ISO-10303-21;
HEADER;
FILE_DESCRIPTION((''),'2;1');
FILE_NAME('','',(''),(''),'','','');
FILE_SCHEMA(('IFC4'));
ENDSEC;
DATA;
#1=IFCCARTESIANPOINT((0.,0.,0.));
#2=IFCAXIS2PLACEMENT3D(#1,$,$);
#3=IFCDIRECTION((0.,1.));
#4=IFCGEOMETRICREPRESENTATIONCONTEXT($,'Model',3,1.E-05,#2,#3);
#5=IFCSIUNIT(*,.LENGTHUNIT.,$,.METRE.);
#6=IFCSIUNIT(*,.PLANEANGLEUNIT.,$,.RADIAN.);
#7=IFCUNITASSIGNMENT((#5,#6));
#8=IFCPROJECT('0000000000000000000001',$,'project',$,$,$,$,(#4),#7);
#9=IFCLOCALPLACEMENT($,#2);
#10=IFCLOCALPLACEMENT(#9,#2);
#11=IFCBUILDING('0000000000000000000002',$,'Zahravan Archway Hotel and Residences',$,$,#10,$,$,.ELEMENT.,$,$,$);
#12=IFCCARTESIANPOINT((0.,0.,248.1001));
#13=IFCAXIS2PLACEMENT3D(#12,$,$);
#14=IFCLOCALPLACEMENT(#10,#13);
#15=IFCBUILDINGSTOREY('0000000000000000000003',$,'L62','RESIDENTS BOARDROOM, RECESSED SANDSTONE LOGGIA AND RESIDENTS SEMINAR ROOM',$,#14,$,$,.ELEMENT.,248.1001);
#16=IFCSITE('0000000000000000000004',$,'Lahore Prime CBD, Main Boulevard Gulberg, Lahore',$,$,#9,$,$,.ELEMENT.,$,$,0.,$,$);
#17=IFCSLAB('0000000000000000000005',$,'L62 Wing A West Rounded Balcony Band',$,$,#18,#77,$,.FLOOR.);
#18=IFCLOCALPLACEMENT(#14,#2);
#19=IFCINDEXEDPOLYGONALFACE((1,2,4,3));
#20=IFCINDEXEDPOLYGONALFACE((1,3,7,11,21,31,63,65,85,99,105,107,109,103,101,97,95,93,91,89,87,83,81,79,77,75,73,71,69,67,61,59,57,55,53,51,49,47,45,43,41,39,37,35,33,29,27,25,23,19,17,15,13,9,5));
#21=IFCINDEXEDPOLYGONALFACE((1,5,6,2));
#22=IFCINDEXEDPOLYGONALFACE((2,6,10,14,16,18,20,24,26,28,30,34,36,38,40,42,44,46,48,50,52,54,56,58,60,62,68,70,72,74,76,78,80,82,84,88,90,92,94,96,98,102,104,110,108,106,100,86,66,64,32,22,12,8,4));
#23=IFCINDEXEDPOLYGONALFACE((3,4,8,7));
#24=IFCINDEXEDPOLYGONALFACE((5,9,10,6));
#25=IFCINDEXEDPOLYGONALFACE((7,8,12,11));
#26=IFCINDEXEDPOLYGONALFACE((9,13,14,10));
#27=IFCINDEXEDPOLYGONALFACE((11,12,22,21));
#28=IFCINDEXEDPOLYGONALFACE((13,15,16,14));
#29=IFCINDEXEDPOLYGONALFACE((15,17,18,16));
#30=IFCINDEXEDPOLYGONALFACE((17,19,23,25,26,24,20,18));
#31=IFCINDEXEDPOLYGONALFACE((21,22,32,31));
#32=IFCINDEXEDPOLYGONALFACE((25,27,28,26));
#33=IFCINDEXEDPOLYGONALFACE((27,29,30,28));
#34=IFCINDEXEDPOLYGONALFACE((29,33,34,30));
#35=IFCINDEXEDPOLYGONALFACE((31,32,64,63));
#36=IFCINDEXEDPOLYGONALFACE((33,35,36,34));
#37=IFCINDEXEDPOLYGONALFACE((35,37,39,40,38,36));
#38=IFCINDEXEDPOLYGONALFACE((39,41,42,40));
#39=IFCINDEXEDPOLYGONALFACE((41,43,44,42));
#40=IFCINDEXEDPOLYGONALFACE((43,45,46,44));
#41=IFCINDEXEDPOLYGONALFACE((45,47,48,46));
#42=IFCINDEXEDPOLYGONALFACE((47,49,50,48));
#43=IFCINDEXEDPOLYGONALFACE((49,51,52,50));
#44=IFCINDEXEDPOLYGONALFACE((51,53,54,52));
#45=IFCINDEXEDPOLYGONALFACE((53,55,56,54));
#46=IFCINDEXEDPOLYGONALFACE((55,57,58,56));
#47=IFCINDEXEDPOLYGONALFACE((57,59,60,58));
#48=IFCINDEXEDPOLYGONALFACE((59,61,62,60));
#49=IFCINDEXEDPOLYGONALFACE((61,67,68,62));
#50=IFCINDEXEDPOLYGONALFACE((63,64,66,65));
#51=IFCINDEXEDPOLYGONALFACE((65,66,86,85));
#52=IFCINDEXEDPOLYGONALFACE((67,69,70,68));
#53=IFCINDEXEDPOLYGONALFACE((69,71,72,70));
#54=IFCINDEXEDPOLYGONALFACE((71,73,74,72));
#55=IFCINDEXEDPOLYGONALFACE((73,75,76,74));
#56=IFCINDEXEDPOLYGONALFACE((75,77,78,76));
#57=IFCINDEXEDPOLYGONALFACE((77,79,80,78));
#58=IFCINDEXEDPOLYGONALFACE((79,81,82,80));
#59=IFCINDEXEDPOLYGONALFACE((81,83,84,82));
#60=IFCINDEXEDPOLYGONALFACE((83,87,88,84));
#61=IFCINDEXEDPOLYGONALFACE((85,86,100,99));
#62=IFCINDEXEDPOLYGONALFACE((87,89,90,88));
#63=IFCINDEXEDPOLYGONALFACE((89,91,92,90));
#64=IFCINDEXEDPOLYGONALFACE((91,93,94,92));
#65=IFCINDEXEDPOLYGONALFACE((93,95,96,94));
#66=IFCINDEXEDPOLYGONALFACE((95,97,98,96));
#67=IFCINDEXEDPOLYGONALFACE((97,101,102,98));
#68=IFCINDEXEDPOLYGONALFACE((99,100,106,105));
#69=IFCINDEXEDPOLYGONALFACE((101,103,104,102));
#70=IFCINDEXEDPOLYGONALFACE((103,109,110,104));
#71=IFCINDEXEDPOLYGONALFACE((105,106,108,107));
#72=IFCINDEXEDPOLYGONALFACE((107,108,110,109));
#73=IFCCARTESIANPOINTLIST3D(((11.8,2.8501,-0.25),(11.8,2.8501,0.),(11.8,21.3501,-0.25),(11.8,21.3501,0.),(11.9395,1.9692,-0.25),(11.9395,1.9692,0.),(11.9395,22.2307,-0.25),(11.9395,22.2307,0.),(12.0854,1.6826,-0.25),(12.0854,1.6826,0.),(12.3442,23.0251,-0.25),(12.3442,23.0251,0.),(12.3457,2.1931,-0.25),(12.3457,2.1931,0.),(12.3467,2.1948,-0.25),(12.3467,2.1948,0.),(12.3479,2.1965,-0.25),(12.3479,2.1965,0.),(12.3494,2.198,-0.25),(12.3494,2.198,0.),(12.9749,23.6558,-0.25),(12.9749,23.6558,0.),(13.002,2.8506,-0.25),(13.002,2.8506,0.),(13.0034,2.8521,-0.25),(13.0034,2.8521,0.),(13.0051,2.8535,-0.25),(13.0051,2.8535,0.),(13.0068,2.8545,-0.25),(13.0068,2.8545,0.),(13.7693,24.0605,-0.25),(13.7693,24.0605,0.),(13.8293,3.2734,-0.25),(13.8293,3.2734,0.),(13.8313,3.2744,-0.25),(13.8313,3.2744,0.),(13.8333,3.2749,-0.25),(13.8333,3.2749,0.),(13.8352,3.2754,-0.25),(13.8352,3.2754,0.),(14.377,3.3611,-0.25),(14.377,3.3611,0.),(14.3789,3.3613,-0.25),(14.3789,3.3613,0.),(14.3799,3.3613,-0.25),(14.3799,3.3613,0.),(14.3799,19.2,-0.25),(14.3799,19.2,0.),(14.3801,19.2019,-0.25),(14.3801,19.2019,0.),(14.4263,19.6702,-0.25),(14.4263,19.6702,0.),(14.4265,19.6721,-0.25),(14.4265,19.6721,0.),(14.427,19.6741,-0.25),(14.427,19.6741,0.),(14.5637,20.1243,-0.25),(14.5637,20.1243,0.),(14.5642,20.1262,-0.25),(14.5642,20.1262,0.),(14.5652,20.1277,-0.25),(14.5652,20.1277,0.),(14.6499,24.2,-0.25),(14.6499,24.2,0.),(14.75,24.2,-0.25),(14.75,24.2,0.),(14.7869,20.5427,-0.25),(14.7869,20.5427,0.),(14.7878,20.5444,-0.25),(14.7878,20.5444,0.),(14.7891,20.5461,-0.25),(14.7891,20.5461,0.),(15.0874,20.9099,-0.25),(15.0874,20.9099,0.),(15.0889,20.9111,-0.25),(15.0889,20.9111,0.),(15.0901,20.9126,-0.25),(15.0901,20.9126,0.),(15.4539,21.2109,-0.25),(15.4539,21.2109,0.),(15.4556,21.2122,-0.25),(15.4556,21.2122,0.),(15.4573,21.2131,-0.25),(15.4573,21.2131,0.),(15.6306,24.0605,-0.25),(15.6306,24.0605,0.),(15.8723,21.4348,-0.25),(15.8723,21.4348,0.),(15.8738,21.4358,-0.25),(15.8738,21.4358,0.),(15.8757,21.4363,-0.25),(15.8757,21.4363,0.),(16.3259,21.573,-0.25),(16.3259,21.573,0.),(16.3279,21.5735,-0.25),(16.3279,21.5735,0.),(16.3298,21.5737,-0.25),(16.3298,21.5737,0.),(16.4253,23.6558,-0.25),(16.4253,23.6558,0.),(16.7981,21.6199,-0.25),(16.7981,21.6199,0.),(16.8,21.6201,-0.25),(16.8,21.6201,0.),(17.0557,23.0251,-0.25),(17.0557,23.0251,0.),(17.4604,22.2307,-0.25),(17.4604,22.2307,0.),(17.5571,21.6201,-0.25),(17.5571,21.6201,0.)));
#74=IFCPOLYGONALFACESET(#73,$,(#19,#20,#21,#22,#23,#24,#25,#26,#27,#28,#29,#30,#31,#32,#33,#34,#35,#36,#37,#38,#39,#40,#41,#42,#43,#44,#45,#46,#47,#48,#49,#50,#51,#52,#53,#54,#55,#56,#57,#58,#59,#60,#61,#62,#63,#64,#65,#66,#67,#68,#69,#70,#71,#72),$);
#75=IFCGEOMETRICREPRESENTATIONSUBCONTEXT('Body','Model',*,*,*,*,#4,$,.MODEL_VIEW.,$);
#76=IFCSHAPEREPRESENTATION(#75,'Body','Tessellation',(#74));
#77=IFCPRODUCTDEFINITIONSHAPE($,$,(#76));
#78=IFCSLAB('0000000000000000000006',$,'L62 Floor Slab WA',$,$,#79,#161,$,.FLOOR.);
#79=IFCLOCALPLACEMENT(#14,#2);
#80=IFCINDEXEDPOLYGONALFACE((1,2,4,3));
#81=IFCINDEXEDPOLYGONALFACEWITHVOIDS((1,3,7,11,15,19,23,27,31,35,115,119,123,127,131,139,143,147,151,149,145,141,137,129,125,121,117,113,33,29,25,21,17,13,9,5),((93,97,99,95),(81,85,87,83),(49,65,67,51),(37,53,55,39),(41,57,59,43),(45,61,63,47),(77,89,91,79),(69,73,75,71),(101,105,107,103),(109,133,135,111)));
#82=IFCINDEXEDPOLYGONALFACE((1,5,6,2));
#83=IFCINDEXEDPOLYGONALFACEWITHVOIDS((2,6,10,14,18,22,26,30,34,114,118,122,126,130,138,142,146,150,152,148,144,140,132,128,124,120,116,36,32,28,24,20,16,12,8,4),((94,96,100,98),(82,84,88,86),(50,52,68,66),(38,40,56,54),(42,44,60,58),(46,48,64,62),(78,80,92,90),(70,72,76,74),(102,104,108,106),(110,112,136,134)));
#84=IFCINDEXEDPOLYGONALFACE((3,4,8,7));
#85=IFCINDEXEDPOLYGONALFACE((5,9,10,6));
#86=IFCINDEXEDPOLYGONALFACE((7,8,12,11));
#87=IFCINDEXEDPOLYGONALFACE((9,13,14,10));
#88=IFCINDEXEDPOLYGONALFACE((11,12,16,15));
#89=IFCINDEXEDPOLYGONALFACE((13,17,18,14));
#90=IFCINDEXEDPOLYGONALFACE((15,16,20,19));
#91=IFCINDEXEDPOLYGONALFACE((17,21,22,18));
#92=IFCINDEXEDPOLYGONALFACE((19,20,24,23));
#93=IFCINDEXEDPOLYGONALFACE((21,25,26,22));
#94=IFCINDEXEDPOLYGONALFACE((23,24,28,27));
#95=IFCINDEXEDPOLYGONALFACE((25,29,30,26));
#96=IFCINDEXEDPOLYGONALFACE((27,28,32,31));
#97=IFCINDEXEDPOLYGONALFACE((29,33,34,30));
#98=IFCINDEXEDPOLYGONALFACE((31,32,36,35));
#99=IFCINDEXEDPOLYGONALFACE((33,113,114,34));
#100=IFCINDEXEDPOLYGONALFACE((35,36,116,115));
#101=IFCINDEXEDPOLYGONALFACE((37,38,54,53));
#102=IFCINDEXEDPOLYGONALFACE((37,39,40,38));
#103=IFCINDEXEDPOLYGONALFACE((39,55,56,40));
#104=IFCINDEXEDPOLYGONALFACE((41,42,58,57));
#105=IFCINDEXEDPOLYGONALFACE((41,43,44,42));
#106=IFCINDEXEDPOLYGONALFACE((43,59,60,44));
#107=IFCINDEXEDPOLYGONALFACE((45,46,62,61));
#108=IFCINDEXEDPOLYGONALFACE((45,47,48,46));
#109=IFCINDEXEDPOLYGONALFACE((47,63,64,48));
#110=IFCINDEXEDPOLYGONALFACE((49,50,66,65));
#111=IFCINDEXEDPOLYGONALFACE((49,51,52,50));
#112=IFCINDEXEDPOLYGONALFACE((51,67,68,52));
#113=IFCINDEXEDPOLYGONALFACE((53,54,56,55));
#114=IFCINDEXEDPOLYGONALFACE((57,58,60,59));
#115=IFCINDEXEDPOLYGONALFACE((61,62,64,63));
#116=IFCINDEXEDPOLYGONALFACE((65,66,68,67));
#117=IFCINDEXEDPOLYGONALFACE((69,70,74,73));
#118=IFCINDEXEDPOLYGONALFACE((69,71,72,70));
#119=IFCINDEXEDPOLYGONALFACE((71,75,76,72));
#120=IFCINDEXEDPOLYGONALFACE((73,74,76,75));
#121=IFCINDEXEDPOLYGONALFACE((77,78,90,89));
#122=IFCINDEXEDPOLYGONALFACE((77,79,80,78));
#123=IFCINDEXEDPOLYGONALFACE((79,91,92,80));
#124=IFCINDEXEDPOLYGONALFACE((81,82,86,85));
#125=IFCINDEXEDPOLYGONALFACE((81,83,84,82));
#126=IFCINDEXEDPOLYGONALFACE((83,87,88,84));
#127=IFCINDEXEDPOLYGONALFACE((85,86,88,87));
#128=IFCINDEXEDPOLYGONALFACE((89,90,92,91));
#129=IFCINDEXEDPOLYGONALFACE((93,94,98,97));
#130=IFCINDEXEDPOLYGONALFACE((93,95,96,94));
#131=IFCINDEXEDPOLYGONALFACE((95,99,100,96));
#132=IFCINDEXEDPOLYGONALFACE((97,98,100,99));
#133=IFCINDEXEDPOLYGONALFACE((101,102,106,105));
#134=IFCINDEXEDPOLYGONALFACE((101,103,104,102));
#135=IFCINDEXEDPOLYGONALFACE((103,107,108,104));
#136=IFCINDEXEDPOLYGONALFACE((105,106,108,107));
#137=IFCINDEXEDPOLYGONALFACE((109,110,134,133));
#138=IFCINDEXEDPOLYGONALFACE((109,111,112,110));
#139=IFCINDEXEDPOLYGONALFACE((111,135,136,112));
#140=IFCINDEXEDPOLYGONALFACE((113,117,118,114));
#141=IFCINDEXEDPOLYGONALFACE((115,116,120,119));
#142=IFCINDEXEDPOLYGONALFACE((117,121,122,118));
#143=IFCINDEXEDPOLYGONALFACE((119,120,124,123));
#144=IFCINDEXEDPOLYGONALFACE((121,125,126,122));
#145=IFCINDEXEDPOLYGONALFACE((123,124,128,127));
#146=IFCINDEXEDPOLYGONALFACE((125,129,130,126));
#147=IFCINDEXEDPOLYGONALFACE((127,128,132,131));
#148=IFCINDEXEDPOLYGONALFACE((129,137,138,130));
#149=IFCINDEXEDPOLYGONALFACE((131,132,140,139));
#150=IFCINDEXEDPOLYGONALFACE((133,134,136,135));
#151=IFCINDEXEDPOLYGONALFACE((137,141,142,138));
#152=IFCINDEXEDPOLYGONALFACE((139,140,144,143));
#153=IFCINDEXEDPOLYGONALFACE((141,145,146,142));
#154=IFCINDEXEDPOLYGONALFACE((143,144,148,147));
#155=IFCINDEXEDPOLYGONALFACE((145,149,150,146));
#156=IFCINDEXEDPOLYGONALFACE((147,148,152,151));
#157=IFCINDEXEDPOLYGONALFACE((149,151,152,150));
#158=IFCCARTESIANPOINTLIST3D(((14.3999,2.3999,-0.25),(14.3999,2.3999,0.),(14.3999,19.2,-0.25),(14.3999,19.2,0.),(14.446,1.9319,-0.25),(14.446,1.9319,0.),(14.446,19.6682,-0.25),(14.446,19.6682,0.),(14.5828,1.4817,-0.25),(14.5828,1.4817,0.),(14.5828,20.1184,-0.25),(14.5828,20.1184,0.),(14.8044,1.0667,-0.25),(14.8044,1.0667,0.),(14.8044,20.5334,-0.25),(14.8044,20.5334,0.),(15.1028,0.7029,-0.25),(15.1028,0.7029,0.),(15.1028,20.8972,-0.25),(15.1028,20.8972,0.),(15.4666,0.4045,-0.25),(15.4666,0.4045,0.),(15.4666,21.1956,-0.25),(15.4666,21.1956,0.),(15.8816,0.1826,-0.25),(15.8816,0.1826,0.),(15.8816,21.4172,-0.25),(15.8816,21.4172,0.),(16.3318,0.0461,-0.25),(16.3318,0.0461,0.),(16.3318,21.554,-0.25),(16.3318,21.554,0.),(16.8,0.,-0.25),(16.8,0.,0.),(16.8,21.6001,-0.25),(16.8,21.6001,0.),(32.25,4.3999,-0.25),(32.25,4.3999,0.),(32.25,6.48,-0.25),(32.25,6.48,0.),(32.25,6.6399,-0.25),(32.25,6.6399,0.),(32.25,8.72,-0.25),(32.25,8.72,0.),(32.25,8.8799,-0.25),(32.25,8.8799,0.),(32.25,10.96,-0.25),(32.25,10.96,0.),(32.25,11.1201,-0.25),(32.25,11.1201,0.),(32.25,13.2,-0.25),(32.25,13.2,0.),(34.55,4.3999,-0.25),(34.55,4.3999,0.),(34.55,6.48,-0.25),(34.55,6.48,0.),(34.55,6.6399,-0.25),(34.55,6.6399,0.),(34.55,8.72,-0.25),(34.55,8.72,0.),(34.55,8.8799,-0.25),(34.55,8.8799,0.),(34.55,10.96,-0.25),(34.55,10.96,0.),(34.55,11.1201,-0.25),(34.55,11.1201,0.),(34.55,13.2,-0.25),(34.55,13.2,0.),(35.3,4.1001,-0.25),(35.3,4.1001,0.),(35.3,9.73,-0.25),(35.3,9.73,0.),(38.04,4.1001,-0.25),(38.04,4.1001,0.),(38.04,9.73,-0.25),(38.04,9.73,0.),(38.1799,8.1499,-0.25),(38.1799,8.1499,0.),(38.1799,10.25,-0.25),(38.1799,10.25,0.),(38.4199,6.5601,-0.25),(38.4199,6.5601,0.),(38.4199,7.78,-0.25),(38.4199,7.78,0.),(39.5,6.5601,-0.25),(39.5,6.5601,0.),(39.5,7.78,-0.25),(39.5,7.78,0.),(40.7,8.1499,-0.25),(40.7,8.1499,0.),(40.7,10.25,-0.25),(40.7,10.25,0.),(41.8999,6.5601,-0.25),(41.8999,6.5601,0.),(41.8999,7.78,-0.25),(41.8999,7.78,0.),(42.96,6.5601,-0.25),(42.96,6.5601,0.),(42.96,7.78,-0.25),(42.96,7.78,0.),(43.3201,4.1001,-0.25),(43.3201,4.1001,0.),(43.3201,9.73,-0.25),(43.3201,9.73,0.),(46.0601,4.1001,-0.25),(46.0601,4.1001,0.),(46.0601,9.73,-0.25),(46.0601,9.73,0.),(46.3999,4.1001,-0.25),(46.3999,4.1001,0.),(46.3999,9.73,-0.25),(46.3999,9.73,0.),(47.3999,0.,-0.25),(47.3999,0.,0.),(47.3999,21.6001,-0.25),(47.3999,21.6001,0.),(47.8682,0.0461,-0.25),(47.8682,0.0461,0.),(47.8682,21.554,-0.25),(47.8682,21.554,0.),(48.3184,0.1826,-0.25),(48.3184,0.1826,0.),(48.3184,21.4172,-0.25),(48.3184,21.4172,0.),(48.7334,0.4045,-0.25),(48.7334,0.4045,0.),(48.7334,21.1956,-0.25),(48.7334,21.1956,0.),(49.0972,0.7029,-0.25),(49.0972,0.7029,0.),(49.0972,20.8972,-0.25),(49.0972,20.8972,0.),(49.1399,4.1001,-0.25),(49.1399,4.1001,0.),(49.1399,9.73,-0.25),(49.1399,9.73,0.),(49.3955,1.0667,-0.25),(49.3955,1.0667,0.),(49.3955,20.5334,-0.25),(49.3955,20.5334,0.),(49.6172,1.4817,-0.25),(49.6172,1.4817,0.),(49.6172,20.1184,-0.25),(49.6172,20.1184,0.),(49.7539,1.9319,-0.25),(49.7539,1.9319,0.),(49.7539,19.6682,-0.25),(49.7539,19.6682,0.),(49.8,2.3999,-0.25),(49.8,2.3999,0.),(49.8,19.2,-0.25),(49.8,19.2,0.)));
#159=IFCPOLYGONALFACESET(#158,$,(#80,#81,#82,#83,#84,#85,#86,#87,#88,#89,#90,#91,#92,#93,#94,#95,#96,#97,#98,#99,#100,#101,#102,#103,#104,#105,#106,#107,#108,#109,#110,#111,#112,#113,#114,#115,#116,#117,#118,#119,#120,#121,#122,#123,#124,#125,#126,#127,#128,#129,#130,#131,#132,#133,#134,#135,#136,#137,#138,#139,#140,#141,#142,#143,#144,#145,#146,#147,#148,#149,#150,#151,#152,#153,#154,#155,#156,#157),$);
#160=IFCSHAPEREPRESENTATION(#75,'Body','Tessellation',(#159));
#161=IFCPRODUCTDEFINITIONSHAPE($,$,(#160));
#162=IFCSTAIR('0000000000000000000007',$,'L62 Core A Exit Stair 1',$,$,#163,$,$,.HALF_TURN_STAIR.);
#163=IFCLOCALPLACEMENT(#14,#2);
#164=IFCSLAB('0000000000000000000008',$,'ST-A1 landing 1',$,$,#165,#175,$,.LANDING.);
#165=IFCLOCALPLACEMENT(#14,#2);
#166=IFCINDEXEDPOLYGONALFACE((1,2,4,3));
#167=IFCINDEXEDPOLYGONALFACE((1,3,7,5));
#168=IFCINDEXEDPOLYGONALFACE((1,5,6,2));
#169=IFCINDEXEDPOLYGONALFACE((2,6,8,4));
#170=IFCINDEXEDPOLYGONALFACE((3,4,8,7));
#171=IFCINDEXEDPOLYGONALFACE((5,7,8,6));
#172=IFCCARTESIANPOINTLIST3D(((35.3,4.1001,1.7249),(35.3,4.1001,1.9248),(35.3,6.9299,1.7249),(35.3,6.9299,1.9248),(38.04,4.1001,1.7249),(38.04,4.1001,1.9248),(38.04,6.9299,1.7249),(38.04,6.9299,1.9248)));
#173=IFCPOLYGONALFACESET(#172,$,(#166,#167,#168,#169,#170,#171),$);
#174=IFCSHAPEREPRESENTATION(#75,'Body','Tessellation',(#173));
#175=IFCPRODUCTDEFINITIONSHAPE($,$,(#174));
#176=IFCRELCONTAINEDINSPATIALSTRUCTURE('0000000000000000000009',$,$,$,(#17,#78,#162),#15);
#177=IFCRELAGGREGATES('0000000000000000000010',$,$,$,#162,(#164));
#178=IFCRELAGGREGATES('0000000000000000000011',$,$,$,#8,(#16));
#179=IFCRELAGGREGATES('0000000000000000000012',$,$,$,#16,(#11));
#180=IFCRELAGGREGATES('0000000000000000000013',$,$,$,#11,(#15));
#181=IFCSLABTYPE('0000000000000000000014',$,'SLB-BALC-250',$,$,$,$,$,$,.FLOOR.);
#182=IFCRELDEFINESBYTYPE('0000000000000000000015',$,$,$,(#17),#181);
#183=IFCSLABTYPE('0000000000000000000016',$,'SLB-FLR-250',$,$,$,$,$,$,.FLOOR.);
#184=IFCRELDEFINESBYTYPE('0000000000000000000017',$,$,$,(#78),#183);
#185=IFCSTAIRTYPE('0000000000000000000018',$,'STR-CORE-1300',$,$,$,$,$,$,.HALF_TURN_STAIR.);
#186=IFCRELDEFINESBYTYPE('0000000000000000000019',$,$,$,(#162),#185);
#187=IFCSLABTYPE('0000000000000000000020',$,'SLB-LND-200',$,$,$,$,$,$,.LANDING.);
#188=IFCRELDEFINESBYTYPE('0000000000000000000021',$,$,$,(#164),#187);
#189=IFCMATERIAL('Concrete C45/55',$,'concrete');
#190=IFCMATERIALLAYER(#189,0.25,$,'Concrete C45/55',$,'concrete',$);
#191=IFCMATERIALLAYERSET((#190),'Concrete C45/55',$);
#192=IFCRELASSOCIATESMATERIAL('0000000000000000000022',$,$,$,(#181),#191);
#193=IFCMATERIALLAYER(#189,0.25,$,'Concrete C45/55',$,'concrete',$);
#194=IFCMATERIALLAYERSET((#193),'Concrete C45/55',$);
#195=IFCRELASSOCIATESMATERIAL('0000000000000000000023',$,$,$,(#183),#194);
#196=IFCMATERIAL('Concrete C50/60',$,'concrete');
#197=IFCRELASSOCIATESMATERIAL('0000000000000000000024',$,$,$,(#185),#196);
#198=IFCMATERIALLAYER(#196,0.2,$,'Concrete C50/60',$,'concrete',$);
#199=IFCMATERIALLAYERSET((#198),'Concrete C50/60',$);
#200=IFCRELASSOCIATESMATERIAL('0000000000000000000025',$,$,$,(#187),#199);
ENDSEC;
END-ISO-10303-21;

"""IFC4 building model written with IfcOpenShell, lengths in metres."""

from ifc_helpers import new_model, si_unit, direction, frame, origin, place, context, subcontext, project, spatial, polyline, outline, extrude, material, layer, layer_set, type_object, element, aggregate, save


model = new_model("IFC4")

# Units and contexts
model_context = context("Model", 3, precision=1e-05, world=origin(), true_north=direction((0.0, 1.0)))
body_context = subcontext(model_context, "Body", "Model", "MODEL_VIEW")
ifc_project = project(units=[si_unit("LENGTHUNIT", "METRE"), si_unit("PLANEANGLEUNIT", "RADIAN")], contexts=[model_context])

# Site, building, storey
site_placement = place(None, origin())
site = spatial("IfcSite", under=ifc_project, at=site_placement, Name="Lahore Prime CBD, Main Boulevard Gulberg, Lahore", CompositionType="ELEMENT", RefElevation=0.0)
building_placement = place(site_placement, origin())
building = spatial("IfcBuilding", under=site, at=building_placement, Name="Zahravan Archway Hotel and Residences", CompositionType="ELEMENT")
storey_placement = place(building_placement, frame((0.0, 0.0, 248.1001)))
storey = spatial("IfcBuildingStorey", under=building, at=storey_placement, Name="L62", Description="RESIDENTS BOARDROOM, RECESSED SANDSTONE LOGGIA AND RESIDENTS SEMINAR ROOM", CompositionType="ELEMENT", Elevation=248.1001)

# Slabs
ifc_material_1 = material(Name="Concrete C45/55", Category="concrete")
ifc_layer_1 = layer(ifc_material_1, 0.25, Name="Concrete C45/55", Category="concrete")
ifc_layer_set_1 = layer_set([ifc_layer_1], Name="Concrete C45/55")
slab_type_1 = type_object("IfcSlabType", Name="SLB-BALC-250", PredefinedType="FLOOR", material=ifc_layer_set_1)
slab_1_placement = place(storey_placement, frame((0.0, 0.0, -0.25)))
element("IfcSlab", 1, at=slab_1_placement, inside=storey, type_object=slab_type_1, Name="L62 Wing A West Rounded Balcony Band", PredefinedType="FLOOR", context=body_context, shape_type="SweptSolid", body=[
    extrude(outline(polyline([(11.9395, 1.9692), (11.8, 2.8501), (11.8, 21.3501), (11.9395, 22.2307), (12.3442, 23.0251), (12.9749, 23.6558), (13.7693, 24.0605), (14.6499, 24.2), (14.75, 24.2), (15.6306, 24.0605), (16.4253, 23.6558), (17.0557, 23.0251), (17.4604, 22.2307), (17.5571, 21.6201), (16.8, 21.6201), (16.7981, 21.6199), (16.3298, 21.5737), (16.3279, 21.5735), (16.3259, 21.573), (15.8757, 21.4363), (15.8738, 21.4358), (15.8723, 21.4348), (15.4573, 21.2131), (15.4556, 21.2122), (15.4539, 21.2109), (15.0901, 20.9126), (15.0889, 20.9111), (15.0874, 20.9099), (14.7891, 20.5461), (14.7878, 20.5444), (14.7869, 20.5427), (14.5652, 20.1277), (14.5642, 20.1262), (14.5637, 20.1243), (14.427, 19.6741), (14.4265, 19.6721), (14.4263, 19.6702), (14.3801, 19.2019), (14.3799, 19.2), (14.3799, 3.3613), (14.3789, 3.3613), (14.377, 3.3611), (13.8352, 3.2754), (13.8333, 3.2749), (13.8313, 3.2744), (13.8293, 3.2734), (13.0068, 2.8545), (13.0051, 2.8535), (13.0034, 2.8521), (13.002, 2.8506), (12.3494, 2.198), (12.3479, 2.1965), (12.3467, 2.1948), (12.3457, 2.1931), (12.0854, 1.6826), (11.9395, 1.9692)])), origin(), (0.0, 0.0, 1.0), 0.25),
])
ifc_layer_2 = layer(ifc_material_1, 0.25, Name="Concrete C45/55", Category="concrete")
ifc_layer_set_2 = layer_set([ifc_layer_2], Name="Concrete C45/55")
slab_type_2 = type_object("IfcSlabType", Name="SLB-FLR-250", PredefinedType="FLOOR", material=ifc_layer_set_2)
slab_2_placement = place(storey_placement, frame((0.0, 0.0, -0.25)))
element("IfcSlab", 2, at=slab_2_placement, inside=storey, type_object=slab_type_2, Name="L62 Floor Slab WA", PredefinedType="FLOOR", context=body_context, shape_type="SweptSolid", body=[
    extrude(outline(polyline([(47.3999, 0.0), (47.8682, 0.0461), (48.3184, 0.1826), (48.7334, 0.4045), (49.0972, 0.7029), (49.3955, 1.0667), (49.6172, 1.4817), (49.7539, 1.9319), (49.8, 2.3999), (49.8, 19.2), (49.7539, 19.6682), (49.6172, 20.1184), (49.3955, 20.5334), (49.0972, 20.8972), (48.7334, 21.1956), (48.3184, 21.4172), (47.8682, 21.554), (47.3999, 21.6001), (16.8, 21.6001), (16.3318, 21.554), (15.8816, 21.4172), (15.4666, 21.1956), (15.1028, 20.8972), (14.8044, 20.5334), (14.5828, 20.1184), (14.446, 19.6682), (14.3999, 19.2), (14.3999, 2.3999), (14.446, 1.9319), (14.5828, 1.4817), (14.8044, 1.0667), (15.1028, 0.7029), (15.4666, 0.4045), (15.8816, 0.1826), (16.3318, 0.0461), (16.8, 0.0), (47.3999, 0.0)]), holes=[polyline([(35.3, 9.73), (35.3, 4.1001), (38.04, 4.1001), (38.04, 9.73), (35.3, 9.73)]), polyline([(43.3201, 9.73), (43.3201, 4.1001), (46.0601, 4.1001), (46.0601, 9.73), (43.3201, 9.73)]), polyline([(46.3999, 9.73), (46.3999, 4.1001), (49.1399, 4.1001), (49.1399, 9.73), (46.3999, 9.73)]), polyline([(38.1799, 8.1499), (40.7, 8.1499), (40.7, 10.25), (38.1799, 10.25), (38.1799, 8.1499)]), polyline([(32.25, 4.3999), (34.55, 4.3999), (34.55, 6.48), (32.25, 6.48), (32.25, 4.3999)]), polyline([(32.25, 6.6399), (34.55, 6.6399), (34.55, 8.72), (32.25, 8.72), (32.25, 6.6399)]), polyline([(32.25, 8.8799), (34.55, 8.8799), (34.55, 10.96), (32.25, 10.96), (32.25, 8.8799)]), polyline([(32.25, 11.1201), (34.55, 11.1201), (34.55, 13.2), (32.25, 13.2), (32.25, 11.1201)]), polyline([(38.4199, 6.5601), (39.5, 6.5601), (39.5, 7.78), (38.4199, 7.78), (38.4199, 6.5601)]), polyline([(41.8999, 6.5601), (42.96, 6.5601), (42.96, 7.78), (41.8999, 7.78), (41.8999, 6.5601)])]), origin(), (0.0, 0.0, 1.0), 0.25),
])

# Stair, slab
ifc_material_2 = material(Name="Concrete C50/60", Category="concrete")
stair_type = type_object("IfcStairType", Name="STR-CORE-1300", PredefinedType="HALF_TURN_STAIR", material=ifc_material_2)
stair_1_placement = place(storey_placement, origin())
stair_1 = element("IfcStair", 3, at=stair_1_placement, inside=storey, type_object=stair_type, Name="L62 Core A Exit Stair 1", PredefinedType="HALF_TURN_STAIR")
ifc_layer_3 = layer(ifc_material_2, 0.2, Name="Concrete C50/60", Category="concrete")
ifc_layer_set_3 = layer_set([ifc_layer_3], Name="Concrete C50/60")
slab_type_3 = type_object("IfcSlabType", Name="SLB-LND-200", PredefinedType="LANDING", material=ifc_layer_set_3)
slab_3_placement = place(storey_placement, frame((0.0, 0.0, 1.7249)))
slab_3 = element("IfcSlab", 4, at=slab_3_placement, type_object=slab_type_3, Name="ST-A1 landing 1", PredefinedType="LANDING", context=body_context, shape_type="SweptSolid", body=[
    extrude(outline(polyline([(35.3, 6.9299), (35.3, 4.1001), (38.04, 4.1001), (38.04, 6.9299), (35.3, 6.9299)])), origin(), (0.0, 0.0, 1.0), 0.2),
])
aggregate(stair_1, [slab_3])

save(model, "model.ifc")
